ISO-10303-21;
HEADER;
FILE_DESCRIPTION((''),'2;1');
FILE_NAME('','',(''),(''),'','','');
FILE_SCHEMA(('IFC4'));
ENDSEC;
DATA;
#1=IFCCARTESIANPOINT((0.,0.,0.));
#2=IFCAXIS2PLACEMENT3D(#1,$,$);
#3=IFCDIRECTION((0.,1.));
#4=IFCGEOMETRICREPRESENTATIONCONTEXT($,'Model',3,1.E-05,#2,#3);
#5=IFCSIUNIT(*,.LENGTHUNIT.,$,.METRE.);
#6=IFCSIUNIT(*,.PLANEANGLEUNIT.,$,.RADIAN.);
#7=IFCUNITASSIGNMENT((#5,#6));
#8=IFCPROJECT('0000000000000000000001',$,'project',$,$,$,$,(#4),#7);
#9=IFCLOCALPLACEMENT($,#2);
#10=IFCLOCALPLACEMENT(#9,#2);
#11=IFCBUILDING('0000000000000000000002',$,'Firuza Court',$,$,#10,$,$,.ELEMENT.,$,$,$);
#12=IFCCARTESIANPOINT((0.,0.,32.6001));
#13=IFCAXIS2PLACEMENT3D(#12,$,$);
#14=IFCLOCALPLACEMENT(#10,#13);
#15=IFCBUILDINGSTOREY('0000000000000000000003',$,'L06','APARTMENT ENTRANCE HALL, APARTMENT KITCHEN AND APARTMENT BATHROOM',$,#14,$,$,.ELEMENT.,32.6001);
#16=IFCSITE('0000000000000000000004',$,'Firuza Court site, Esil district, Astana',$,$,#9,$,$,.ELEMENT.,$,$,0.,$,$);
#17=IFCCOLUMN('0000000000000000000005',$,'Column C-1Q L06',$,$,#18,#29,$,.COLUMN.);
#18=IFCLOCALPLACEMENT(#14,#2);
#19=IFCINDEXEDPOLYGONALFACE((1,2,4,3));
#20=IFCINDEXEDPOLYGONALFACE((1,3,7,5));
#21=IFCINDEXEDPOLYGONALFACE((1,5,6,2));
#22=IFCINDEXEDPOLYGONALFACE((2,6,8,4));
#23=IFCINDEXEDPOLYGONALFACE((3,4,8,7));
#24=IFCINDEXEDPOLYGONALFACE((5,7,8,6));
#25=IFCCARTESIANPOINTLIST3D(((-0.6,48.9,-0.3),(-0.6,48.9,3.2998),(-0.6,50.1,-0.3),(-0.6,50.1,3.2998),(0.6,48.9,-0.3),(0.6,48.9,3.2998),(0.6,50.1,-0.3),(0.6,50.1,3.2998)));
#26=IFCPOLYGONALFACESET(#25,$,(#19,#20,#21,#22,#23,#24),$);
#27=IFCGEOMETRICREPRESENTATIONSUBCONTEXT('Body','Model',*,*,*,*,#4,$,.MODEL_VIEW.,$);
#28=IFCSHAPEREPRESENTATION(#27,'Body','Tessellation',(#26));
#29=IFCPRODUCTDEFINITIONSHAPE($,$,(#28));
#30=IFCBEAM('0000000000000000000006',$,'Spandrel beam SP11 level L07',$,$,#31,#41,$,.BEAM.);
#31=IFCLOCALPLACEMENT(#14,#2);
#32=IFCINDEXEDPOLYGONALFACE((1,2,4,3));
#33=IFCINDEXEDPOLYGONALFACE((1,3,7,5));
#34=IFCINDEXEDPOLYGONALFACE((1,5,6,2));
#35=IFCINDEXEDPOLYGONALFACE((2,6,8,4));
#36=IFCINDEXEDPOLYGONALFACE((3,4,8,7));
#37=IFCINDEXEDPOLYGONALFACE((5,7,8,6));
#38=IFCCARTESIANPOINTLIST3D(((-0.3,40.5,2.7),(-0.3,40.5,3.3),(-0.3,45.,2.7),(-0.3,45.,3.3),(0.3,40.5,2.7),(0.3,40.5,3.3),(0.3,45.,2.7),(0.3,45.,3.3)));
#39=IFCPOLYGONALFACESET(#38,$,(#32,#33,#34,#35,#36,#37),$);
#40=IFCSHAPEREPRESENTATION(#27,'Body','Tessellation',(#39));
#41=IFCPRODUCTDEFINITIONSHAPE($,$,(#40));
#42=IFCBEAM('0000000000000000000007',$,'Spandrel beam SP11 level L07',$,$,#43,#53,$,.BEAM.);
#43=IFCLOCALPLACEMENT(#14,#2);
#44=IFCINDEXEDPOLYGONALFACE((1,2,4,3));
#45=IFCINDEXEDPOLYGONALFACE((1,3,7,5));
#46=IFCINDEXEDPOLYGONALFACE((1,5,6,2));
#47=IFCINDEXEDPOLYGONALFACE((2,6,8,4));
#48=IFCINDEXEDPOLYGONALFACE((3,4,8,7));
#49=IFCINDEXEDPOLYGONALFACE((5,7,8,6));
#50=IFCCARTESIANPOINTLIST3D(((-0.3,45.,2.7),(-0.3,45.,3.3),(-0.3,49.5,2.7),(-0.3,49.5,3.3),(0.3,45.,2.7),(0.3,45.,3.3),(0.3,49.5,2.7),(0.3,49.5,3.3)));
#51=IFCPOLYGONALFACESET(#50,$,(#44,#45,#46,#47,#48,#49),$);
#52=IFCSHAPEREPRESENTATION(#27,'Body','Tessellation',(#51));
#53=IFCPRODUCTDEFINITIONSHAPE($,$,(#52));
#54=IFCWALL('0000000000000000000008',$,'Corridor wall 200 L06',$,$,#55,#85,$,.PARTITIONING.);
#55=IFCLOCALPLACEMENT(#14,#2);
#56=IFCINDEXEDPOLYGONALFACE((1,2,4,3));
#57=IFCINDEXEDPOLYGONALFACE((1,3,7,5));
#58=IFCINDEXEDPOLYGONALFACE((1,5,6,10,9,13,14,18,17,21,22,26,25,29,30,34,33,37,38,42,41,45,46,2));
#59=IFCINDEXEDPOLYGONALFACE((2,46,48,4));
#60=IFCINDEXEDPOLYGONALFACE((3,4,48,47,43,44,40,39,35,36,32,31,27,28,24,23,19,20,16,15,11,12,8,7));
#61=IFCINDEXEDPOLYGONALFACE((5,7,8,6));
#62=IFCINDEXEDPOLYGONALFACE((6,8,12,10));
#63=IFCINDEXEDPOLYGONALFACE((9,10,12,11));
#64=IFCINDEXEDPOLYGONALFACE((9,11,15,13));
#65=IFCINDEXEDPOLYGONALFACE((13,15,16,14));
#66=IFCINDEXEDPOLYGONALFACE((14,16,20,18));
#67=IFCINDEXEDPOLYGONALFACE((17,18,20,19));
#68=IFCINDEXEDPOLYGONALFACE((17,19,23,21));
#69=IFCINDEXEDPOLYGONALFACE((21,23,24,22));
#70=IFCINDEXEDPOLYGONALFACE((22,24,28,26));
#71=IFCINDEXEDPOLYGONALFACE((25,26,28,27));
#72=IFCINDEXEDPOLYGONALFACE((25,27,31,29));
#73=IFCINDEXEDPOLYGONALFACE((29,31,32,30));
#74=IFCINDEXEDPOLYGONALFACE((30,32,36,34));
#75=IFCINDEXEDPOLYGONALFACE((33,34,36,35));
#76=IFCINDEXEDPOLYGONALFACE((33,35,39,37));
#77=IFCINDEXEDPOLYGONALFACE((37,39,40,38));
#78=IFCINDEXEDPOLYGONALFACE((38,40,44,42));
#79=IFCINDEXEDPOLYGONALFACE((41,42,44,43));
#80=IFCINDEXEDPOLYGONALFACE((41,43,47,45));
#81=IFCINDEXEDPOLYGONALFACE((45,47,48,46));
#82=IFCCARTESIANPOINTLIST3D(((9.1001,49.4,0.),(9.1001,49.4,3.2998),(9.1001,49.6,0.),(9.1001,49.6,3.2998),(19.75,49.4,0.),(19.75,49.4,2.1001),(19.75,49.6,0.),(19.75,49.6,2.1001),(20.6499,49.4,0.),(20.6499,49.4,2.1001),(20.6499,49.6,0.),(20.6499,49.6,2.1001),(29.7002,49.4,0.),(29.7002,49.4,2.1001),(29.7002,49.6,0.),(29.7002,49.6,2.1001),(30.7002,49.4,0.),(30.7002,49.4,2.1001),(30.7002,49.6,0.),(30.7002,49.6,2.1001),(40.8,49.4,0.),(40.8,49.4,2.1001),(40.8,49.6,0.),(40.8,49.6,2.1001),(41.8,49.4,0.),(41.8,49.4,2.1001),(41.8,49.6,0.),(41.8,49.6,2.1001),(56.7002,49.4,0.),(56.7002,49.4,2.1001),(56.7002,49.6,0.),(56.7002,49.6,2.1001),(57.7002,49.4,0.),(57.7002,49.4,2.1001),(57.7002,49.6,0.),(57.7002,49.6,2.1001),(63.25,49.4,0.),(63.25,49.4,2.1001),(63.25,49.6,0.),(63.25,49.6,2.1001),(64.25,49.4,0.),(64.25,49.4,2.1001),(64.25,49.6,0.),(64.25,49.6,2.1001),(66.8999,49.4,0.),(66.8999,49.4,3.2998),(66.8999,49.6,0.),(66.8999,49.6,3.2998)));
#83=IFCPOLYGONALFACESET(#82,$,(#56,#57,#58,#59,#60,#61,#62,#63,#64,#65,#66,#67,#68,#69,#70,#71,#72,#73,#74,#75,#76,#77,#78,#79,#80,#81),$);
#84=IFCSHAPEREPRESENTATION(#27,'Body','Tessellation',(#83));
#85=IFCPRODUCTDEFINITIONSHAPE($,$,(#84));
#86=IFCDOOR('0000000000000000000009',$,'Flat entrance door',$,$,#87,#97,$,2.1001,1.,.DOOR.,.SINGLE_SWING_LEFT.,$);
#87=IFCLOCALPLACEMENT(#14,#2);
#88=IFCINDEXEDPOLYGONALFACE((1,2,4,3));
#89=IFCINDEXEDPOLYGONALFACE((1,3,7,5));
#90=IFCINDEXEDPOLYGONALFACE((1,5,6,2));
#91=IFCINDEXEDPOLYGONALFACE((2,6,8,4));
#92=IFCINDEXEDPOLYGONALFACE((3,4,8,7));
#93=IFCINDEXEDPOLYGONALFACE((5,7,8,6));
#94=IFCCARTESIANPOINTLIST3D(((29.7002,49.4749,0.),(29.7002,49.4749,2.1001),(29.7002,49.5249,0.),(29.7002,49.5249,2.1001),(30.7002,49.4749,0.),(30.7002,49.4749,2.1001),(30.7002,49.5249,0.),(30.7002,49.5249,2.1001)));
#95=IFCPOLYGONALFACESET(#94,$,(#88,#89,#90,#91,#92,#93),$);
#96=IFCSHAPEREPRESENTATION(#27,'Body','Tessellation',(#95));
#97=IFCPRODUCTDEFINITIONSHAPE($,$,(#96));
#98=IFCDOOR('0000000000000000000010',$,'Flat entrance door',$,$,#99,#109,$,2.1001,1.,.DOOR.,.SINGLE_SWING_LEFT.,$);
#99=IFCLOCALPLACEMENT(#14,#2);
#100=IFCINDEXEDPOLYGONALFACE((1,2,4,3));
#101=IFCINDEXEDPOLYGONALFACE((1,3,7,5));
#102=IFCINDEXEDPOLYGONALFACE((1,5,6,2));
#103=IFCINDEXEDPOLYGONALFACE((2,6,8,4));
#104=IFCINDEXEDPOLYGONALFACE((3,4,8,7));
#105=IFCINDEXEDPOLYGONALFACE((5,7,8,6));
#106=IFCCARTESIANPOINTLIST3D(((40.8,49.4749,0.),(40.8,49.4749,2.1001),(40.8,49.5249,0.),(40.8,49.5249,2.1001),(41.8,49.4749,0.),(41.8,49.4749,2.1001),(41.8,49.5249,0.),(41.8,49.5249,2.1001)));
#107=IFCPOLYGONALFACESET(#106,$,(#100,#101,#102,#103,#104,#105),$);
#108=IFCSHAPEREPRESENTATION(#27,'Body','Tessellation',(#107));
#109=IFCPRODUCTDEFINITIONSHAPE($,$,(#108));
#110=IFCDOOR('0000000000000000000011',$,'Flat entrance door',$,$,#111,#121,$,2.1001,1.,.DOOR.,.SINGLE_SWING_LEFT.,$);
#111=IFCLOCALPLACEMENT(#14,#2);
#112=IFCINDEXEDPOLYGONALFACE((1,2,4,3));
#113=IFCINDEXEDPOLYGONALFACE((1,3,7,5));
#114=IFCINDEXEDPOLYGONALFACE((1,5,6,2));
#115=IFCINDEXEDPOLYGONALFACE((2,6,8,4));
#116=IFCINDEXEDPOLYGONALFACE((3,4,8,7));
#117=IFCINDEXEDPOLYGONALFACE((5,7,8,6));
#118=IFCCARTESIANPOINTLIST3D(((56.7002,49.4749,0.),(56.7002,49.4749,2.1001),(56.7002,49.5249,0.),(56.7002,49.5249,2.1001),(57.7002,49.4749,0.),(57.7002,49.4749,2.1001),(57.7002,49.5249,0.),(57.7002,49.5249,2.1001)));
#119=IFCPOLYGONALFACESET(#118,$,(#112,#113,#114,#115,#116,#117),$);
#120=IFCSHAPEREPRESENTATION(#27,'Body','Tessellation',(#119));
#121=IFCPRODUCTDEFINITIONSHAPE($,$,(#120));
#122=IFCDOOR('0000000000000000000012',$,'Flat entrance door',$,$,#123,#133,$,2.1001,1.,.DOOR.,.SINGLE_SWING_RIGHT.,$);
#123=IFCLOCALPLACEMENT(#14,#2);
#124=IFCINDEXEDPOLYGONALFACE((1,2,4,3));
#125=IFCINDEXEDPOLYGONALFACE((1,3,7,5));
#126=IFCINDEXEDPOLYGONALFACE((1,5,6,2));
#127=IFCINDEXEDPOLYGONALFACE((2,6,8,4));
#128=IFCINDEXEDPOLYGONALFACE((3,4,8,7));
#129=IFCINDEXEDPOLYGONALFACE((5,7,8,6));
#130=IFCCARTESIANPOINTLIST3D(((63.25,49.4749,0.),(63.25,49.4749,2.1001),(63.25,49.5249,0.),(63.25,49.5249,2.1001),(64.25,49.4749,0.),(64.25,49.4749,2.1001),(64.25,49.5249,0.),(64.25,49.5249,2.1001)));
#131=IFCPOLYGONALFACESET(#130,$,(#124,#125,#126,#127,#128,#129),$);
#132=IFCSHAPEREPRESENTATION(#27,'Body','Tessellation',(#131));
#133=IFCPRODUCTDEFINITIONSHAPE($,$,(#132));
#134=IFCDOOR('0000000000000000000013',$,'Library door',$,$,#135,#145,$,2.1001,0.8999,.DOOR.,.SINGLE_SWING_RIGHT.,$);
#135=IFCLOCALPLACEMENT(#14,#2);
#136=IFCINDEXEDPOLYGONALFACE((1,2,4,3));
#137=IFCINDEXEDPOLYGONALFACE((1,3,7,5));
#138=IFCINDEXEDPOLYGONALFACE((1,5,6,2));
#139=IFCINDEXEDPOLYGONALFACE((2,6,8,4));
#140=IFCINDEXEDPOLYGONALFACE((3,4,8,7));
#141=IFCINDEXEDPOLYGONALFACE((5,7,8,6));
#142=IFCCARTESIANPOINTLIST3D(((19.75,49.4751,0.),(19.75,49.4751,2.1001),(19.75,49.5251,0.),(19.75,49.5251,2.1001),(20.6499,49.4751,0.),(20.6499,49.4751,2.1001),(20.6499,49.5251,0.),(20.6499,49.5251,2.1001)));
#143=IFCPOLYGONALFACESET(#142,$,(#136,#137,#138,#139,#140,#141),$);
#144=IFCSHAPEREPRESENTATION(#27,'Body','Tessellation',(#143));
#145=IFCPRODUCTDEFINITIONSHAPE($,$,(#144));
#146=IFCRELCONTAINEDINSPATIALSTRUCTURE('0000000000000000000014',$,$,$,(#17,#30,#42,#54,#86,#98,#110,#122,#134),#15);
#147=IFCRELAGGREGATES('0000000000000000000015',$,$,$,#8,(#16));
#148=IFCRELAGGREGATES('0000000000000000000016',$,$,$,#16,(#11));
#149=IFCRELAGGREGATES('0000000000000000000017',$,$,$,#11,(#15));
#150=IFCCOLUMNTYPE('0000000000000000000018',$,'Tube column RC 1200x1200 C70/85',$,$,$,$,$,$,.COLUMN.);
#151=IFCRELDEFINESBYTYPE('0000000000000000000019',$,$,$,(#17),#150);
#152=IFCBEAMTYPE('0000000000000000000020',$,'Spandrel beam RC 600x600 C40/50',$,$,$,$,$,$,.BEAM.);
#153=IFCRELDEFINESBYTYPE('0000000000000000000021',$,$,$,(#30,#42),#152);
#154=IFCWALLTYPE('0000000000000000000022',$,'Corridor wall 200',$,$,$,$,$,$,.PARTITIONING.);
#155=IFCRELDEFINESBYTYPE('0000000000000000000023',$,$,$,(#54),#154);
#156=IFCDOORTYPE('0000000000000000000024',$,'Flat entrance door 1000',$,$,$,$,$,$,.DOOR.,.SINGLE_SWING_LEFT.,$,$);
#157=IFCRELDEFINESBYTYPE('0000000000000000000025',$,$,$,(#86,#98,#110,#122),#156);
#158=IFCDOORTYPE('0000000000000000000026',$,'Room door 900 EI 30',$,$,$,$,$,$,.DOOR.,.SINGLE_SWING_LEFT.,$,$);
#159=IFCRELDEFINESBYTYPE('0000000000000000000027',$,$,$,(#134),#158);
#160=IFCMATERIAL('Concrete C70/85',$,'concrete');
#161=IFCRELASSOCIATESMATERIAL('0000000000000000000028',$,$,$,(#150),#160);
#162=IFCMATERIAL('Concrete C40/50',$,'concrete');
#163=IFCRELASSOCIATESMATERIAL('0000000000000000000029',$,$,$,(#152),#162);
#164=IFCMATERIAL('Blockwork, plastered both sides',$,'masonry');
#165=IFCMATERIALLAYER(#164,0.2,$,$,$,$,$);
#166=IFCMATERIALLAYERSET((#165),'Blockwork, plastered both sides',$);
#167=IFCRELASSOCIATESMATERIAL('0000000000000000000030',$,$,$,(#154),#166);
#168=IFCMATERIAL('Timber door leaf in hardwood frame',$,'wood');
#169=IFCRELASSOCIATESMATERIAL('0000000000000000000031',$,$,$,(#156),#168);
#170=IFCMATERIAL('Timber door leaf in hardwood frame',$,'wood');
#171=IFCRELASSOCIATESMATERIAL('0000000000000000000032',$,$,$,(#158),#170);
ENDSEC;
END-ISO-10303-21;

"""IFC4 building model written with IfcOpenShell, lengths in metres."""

from ifc_helpers import new_model, si_unit, direction, frame, frame_2d, origin, origin_2d, place, context, subcontext, project, spatial, rectangle, extrude, material, layer, layer_set, material_profile, profile_set, type_object, element, fill, save


model = new_model("IFC4")

# Units and contexts
model_context = context("Model", 3, precision=1e-05, world=origin(), true_north=direction((0.0, 1.0)))
body_context = subcontext(model_context, "Body", "Model", "MODEL_VIEW")
ifc_project = project(units=[si_unit("LENGTHUNIT", "METRE"), si_unit("PLANEANGLEUNIT", "RADIAN")], contexts=[model_context])

# Site, building, storey
site_placement = place(None, origin())
site = spatial("IfcSite", under=ifc_project, at=site_placement, Name="Firuza Court site, Esil district, Astana", CompositionType="ELEMENT", RefElevation=0.0)
building_placement = place(site_placement, origin())
building = spatial("IfcBuilding", under=site, at=building_placement, Name="Firuza Court", CompositionType="ELEMENT")
storey_placement = place(building_placement, frame((0.0, 0.0, 32.6001)))
storey = spatial("IfcBuildingStorey", under=building, at=storey_placement, Name="L06", Description="APARTMENT ENTRANCE HALL, APARTMENT KITCHEN AND APARTMENT BATHROOM", CompositionType="ELEMENT", Elevation=32.6001)

# Column
ifc_material_1 = material(Name="Concrete C70/85", Category="concrete")
ifc_material_profile_1 = material_profile(ifc_material_1, rectangle(XDim=1.2, YDim=1.2, at=origin_2d()), Name="RC 1200x1200")
ifc_profile_set_1 = profile_set([ifc_material_profile_1], Name="Concrete C70/85")
column_type = type_object("IfcColumnType", Name="Tube column RC 1200x1200 C70/85", PredefinedType="COLUMN", material=ifc_profile_set_1)
column_placement = place(storey_placement, frame((0.0, 49.5, -0.3), z_axis=(0.0, 0.0, 1.0), x_axis=(1.0, 0.0, 0.0)))
element("IfcColumn", 1, at=column_placement, inside=storey, type_object=column_type, Name="Column C-1Q L06", PredefinedType="COLUMN", context=body_context, shape_type="SweptSolid", body=[
    extrude(rectangle(XDim=1.2, YDim=1.2, at=origin_2d()), origin(), (0.0, 0.0, 1.0), 3.5999),
])

# Beams
ifc_material_2 = material(Name="Concrete C40/50", Category="concrete")
ifc_material_profile_2 = material_profile(ifc_material_2, rectangle(XDim=0.6001, YDim=0.6001, at=origin_2d()), Name="RC 600x600")
ifc_profile_set_2 = profile_set([ifc_material_profile_2], Name="Concrete C40/50")
beam_type = type_object("IfcBeamType", Name="Spandrel beam RC 600x600 C40/50", PredefinedType="BEAM", material=ifc_profile_set_2)
for number, where, z_axis, x_axis, name in (
    (2, (0.0, 45.0, 3.0), (0.0, -1.0, 0.0), (1.0, 0.0, 0.0), "Spandrel beam SP11 level L07"),
    (3, (0.0, 49.5, 3.0), (0.0, -1.0, 0.0), (1.0, 0.0, 0.0), "Spandrel beam SP11 level L07"),
):
    element("IfcBeam", number, at=place(storey_placement, frame(where, z_axis=z_axis, x_axis=x_axis)), inside=storey, type_object=beam_type, Name=name, PredefinedType="BEAM", context=body_context, shape_type="SweptSolid", body=[
        extrude(rectangle(XDim=0.6001, YDim=0.6001, at=origin_2d()), origin(), (0.0, 0.0, 1.0), 4.5),
    ])

# Wall, openings, doors
ifc_material_3 = material(Name="Blockwork, plastered both sides", Category="masonry")
ifc_layer_1 = layer(ifc_material_3, 0.2)
ifc_layer_set_1 = layer_set([ifc_layer_1], Name="Blockwork, plastered both sides")
wall_type_1 = type_object("IfcWallType", Name="Corridor wall 200", PredefinedType="PARTITIONING", material=ifc_layer_set_1)
wall_1_placement = place(storey_placement, frame((9.1001, 49.5, 0.0), z_axis=(0.0, 0.0, 1.0), x_axis=(1.0, 0.0, 0.0)))
wall_1 = element("IfcWall", 4, at=wall_1_placement, inside=storey, type_object=wall_type_1, Name="Corridor wall 200 L06", PredefinedType="PARTITIONING", context=body_context, shape_type="SweptSolid", body=[
    extrude(rectangle(XDim=57.7998, YDim=0.2, at=frame_2d((28.8999, 0.0))), origin(), (0.0, 0.0, 1.0), 3.2998),
])
opening_1_placement = place(wall_1_placement, frame((20.6001, 0.0, 0.0)))
opening_1 = element("IfcOpeningElement", 5, at=opening_1_placement, cuts=wall_1, PredefinedType="OPENING", context=body_context, shape_type="SweptSolid", body=[
    extrude(rectangle(XDim=1.0, YDim=2.1001, at=frame_2d((0.5, 1.05))), frame((0.0, 0.1118, 0.0), z_axis=(0.0, -1.0, 0.0), x_axis=(1.0, 0.0, 0.0)), (0.0, 0.0, 1.0), 0.2239),
])
opening_2_placement = place(wall_1_placement, frame((31.7, 0.0, 0.0)))
opening_2 = element("IfcOpeningElement", 6, at=opening_2_placement, cuts=wall_1, PredefinedType="OPENING", context=body_context, shape_type="SweptSolid", body=[
    extrude(rectangle(XDim=1.0, YDim=2.1001, at=frame_2d((0.5, 1.05))), frame((0.0, 0.1118, 0.0), z_axis=(0.0, -1.0, 0.0), x_axis=(1.0, 0.0, 0.0)), (0.0, 0.0, 1.0), 0.2239),
])
opening_3_placement = place(wall_1_placement, frame((47.6001, 0.0, 0.0)))
opening_3 = element("IfcOpeningElement", 7, at=opening_3_placement, cuts=wall_1, PredefinedType="OPENING", context=body_context, shape_type="SweptSolid", body=[
    extrude(rectangle(XDim=1.0, YDim=2.1001, at=frame_2d((0.5, 1.05))), frame((0.0, 0.1118, 0.0), z_axis=(0.0, -1.0, 0.0), x_axis=(1.0, 0.0, 0.0)), (0.0, 0.0, 1.0), 0.2239),
])
opening_4_placement = place(wall_1_placement, frame((54.1499, 0.0, 0.0)))
opening_4 = element("IfcOpeningElement", 8, at=opening_4_placement, cuts=wall_1, PredefinedType="OPENING", context=body_context, shape_type="SweptSolid", body=[
    extrude(rectangle(XDim=1.0, YDim=2.1001, at=frame_2d((0.5, 1.05))), frame((0.0, 0.1118, 0.0), z_axis=(0.0, -1.0, 0.0), x_axis=(1.0, 0.0, 0.0)), (0.0, 0.0, 1.0), 0.2239),
])
opening_5_placement = place(wall_1_placement, frame((10.6499, 0.0, 0.0)))
opening_5 = element("IfcOpeningElement", 9, at=opening_5_placement, cuts=wall_1, PredefinedType="OPENING", context=body_context, shape_type="SweptSolid", body=[
    extrude(rectangle(XDim=0.8999, YDim=2.1001, at=frame_2d((0.45, 1.05))), frame((0.0, 0.1118, 0.0), z_axis=(0.0, -1.0, 0.0), x_axis=(1.0, 0.0, 0.0)), (0.0, 0.0, 1.0), 0.2239),
])
ifc_material_4 = material(Name="Timber door leaf in hardwood frame", Category="wood")
door_type_1 = type_object("IfcDoorType", Name="Flat entrance door 1000", OperationType="SINGLE_SWING_LEFT", PredefinedType="DOOR", material=ifc_material_4)
door_1_placement = place(opening_1_placement, origin())
door_1 = element("IfcDoor", 10, at=door_1_placement, inside=storey, type_object=door_type_1, Name="Flat entrance door", OperationType="SINGLE_SWING_LEFT", OverallHeight=2.1001, OverallWidth=1.0, PredefinedType="DOOR", context=body_context, shape_type="SweptSolid", body=[
    extrude(rectangle(XDim=1.0, YDim=2.1001, at=frame_2d((0.5, 1.05))), frame((0.0, 0.0249, 0.0), z_axis=(0.0, -1.0, 0.0), x_axis=(1.0, 0.0, 0.0)), (0.0, 0.0, 1.0), 0.05),
])
fill(opening_1, door_1)
door_2_placement = place(opening_2_placement, origin())
door_2 = element("IfcDoor", 11, at=door_2_placement, inside=storey, type_object=door_type_1, Name="Flat entrance door", OperationType="SINGLE_SWING_LEFT", OverallHeight=2.1001, OverallWidth=1.0, PredefinedType="DOOR", context=body_context, shape_type="SweptSolid", body=[
    extrude(rectangle(XDim=1.0, YDim=2.1001, at=frame_2d((0.5, 1.05))), frame((0.0, 0.0249, 0.0), z_axis=(0.0, -1.0, 0.0), x_axis=(1.0, 0.0, 0.0)), (0.0, 0.0, 1.0), 0.05),
])
fill(opening_2, door_2)
door_3_placement = place(opening_3_placement, origin())
door_3 = element("IfcDoor", 12, at=door_3_placement, inside=storey, type_object=door_type_1, Name="Flat entrance door", OperationType="SINGLE_SWING_LEFT", OverallHeight=2.1001, OverallWidth=1.0, PredefinedType="DOOR", context=body_context, shape_type="SweptSolid", body=[
    extrude(rectangle(XDim=1.0, YDim=2.1001, at=frame_2d((0.5, 1.05))), frame((0.0, 0.0249, 0.0), z_axis=(0.0, -1.0, 0.0), x_axis=(1.0, 0.0, 0.0)), (0.0, 0.0, 1.0), 0.05),
])
fill(opening_3, door_3)
door_4_placement = place(opening_4_placement, origin())
door_4 = element("IfcDoor", 13, at=door_4_placement, inside=storey, type_object=door_type_1, Name="Flat entrance door", OperationType="SINGLE_SWING_RIGHT", OverallHeight=2.1001, OverallWidth=1.0, PredefinedType="DOOR", context=body_context, shape_type="SweptSolid", body=[
    extrude(rectangle(XDim=1.0, YDim=2.1001, at=frame_2d((0.5, 1.05))), frame((0.0, 0.0249, 0.0), z_axis=(0.0, -1.0, 0.0), x_axis=(1.0, 0.0, 0.0)), (0.0, 0.0, 1.0), 0.05),
])
fill(opening_4, door_4)
ifc_material_5 = material(Name="Timber door leaf in hardwood frame", Category="wood")
door_type_2 = type_object("IfcDoorType", Name="Room door 900 EI 30", OperationType="SINGLE_SWING_LEFT", PredefinedType="DOOR", material=ifc_material_5)
door_5_placement = place(opening_5_placement, frame((0.8999, 0.0, 0.0), z_axis=(0.0, 0.0, 1.0), x_axis=(-1.0, 0.0, 0.0)))
door_5 = element("IfcDoor", 14, at=door_5_placement, inside=storey, type_object=door_type_2, Name="Library door", OperationType="SINGLE_SWING_RIGHT", OverallHeight=2.1001, OverallWidth=0.8999, PredefinedType="DOOR", context=body_context, shape_type="SweptSolid", body=[
    extrude(rectangle(XDim=0.8999, YDim=2.1001, at=frame_2d((0.45, 1.05))), frame((0.0, 0.0249, 0.0), z_axis=(0.0, -1.0, 0.0), x_axis=(1.0, 0.0, 0.0)), (0.0, 0.0, 1.0), 0.05),
])
fill(opening_5, door_5)

save(model, "model.ifc")
